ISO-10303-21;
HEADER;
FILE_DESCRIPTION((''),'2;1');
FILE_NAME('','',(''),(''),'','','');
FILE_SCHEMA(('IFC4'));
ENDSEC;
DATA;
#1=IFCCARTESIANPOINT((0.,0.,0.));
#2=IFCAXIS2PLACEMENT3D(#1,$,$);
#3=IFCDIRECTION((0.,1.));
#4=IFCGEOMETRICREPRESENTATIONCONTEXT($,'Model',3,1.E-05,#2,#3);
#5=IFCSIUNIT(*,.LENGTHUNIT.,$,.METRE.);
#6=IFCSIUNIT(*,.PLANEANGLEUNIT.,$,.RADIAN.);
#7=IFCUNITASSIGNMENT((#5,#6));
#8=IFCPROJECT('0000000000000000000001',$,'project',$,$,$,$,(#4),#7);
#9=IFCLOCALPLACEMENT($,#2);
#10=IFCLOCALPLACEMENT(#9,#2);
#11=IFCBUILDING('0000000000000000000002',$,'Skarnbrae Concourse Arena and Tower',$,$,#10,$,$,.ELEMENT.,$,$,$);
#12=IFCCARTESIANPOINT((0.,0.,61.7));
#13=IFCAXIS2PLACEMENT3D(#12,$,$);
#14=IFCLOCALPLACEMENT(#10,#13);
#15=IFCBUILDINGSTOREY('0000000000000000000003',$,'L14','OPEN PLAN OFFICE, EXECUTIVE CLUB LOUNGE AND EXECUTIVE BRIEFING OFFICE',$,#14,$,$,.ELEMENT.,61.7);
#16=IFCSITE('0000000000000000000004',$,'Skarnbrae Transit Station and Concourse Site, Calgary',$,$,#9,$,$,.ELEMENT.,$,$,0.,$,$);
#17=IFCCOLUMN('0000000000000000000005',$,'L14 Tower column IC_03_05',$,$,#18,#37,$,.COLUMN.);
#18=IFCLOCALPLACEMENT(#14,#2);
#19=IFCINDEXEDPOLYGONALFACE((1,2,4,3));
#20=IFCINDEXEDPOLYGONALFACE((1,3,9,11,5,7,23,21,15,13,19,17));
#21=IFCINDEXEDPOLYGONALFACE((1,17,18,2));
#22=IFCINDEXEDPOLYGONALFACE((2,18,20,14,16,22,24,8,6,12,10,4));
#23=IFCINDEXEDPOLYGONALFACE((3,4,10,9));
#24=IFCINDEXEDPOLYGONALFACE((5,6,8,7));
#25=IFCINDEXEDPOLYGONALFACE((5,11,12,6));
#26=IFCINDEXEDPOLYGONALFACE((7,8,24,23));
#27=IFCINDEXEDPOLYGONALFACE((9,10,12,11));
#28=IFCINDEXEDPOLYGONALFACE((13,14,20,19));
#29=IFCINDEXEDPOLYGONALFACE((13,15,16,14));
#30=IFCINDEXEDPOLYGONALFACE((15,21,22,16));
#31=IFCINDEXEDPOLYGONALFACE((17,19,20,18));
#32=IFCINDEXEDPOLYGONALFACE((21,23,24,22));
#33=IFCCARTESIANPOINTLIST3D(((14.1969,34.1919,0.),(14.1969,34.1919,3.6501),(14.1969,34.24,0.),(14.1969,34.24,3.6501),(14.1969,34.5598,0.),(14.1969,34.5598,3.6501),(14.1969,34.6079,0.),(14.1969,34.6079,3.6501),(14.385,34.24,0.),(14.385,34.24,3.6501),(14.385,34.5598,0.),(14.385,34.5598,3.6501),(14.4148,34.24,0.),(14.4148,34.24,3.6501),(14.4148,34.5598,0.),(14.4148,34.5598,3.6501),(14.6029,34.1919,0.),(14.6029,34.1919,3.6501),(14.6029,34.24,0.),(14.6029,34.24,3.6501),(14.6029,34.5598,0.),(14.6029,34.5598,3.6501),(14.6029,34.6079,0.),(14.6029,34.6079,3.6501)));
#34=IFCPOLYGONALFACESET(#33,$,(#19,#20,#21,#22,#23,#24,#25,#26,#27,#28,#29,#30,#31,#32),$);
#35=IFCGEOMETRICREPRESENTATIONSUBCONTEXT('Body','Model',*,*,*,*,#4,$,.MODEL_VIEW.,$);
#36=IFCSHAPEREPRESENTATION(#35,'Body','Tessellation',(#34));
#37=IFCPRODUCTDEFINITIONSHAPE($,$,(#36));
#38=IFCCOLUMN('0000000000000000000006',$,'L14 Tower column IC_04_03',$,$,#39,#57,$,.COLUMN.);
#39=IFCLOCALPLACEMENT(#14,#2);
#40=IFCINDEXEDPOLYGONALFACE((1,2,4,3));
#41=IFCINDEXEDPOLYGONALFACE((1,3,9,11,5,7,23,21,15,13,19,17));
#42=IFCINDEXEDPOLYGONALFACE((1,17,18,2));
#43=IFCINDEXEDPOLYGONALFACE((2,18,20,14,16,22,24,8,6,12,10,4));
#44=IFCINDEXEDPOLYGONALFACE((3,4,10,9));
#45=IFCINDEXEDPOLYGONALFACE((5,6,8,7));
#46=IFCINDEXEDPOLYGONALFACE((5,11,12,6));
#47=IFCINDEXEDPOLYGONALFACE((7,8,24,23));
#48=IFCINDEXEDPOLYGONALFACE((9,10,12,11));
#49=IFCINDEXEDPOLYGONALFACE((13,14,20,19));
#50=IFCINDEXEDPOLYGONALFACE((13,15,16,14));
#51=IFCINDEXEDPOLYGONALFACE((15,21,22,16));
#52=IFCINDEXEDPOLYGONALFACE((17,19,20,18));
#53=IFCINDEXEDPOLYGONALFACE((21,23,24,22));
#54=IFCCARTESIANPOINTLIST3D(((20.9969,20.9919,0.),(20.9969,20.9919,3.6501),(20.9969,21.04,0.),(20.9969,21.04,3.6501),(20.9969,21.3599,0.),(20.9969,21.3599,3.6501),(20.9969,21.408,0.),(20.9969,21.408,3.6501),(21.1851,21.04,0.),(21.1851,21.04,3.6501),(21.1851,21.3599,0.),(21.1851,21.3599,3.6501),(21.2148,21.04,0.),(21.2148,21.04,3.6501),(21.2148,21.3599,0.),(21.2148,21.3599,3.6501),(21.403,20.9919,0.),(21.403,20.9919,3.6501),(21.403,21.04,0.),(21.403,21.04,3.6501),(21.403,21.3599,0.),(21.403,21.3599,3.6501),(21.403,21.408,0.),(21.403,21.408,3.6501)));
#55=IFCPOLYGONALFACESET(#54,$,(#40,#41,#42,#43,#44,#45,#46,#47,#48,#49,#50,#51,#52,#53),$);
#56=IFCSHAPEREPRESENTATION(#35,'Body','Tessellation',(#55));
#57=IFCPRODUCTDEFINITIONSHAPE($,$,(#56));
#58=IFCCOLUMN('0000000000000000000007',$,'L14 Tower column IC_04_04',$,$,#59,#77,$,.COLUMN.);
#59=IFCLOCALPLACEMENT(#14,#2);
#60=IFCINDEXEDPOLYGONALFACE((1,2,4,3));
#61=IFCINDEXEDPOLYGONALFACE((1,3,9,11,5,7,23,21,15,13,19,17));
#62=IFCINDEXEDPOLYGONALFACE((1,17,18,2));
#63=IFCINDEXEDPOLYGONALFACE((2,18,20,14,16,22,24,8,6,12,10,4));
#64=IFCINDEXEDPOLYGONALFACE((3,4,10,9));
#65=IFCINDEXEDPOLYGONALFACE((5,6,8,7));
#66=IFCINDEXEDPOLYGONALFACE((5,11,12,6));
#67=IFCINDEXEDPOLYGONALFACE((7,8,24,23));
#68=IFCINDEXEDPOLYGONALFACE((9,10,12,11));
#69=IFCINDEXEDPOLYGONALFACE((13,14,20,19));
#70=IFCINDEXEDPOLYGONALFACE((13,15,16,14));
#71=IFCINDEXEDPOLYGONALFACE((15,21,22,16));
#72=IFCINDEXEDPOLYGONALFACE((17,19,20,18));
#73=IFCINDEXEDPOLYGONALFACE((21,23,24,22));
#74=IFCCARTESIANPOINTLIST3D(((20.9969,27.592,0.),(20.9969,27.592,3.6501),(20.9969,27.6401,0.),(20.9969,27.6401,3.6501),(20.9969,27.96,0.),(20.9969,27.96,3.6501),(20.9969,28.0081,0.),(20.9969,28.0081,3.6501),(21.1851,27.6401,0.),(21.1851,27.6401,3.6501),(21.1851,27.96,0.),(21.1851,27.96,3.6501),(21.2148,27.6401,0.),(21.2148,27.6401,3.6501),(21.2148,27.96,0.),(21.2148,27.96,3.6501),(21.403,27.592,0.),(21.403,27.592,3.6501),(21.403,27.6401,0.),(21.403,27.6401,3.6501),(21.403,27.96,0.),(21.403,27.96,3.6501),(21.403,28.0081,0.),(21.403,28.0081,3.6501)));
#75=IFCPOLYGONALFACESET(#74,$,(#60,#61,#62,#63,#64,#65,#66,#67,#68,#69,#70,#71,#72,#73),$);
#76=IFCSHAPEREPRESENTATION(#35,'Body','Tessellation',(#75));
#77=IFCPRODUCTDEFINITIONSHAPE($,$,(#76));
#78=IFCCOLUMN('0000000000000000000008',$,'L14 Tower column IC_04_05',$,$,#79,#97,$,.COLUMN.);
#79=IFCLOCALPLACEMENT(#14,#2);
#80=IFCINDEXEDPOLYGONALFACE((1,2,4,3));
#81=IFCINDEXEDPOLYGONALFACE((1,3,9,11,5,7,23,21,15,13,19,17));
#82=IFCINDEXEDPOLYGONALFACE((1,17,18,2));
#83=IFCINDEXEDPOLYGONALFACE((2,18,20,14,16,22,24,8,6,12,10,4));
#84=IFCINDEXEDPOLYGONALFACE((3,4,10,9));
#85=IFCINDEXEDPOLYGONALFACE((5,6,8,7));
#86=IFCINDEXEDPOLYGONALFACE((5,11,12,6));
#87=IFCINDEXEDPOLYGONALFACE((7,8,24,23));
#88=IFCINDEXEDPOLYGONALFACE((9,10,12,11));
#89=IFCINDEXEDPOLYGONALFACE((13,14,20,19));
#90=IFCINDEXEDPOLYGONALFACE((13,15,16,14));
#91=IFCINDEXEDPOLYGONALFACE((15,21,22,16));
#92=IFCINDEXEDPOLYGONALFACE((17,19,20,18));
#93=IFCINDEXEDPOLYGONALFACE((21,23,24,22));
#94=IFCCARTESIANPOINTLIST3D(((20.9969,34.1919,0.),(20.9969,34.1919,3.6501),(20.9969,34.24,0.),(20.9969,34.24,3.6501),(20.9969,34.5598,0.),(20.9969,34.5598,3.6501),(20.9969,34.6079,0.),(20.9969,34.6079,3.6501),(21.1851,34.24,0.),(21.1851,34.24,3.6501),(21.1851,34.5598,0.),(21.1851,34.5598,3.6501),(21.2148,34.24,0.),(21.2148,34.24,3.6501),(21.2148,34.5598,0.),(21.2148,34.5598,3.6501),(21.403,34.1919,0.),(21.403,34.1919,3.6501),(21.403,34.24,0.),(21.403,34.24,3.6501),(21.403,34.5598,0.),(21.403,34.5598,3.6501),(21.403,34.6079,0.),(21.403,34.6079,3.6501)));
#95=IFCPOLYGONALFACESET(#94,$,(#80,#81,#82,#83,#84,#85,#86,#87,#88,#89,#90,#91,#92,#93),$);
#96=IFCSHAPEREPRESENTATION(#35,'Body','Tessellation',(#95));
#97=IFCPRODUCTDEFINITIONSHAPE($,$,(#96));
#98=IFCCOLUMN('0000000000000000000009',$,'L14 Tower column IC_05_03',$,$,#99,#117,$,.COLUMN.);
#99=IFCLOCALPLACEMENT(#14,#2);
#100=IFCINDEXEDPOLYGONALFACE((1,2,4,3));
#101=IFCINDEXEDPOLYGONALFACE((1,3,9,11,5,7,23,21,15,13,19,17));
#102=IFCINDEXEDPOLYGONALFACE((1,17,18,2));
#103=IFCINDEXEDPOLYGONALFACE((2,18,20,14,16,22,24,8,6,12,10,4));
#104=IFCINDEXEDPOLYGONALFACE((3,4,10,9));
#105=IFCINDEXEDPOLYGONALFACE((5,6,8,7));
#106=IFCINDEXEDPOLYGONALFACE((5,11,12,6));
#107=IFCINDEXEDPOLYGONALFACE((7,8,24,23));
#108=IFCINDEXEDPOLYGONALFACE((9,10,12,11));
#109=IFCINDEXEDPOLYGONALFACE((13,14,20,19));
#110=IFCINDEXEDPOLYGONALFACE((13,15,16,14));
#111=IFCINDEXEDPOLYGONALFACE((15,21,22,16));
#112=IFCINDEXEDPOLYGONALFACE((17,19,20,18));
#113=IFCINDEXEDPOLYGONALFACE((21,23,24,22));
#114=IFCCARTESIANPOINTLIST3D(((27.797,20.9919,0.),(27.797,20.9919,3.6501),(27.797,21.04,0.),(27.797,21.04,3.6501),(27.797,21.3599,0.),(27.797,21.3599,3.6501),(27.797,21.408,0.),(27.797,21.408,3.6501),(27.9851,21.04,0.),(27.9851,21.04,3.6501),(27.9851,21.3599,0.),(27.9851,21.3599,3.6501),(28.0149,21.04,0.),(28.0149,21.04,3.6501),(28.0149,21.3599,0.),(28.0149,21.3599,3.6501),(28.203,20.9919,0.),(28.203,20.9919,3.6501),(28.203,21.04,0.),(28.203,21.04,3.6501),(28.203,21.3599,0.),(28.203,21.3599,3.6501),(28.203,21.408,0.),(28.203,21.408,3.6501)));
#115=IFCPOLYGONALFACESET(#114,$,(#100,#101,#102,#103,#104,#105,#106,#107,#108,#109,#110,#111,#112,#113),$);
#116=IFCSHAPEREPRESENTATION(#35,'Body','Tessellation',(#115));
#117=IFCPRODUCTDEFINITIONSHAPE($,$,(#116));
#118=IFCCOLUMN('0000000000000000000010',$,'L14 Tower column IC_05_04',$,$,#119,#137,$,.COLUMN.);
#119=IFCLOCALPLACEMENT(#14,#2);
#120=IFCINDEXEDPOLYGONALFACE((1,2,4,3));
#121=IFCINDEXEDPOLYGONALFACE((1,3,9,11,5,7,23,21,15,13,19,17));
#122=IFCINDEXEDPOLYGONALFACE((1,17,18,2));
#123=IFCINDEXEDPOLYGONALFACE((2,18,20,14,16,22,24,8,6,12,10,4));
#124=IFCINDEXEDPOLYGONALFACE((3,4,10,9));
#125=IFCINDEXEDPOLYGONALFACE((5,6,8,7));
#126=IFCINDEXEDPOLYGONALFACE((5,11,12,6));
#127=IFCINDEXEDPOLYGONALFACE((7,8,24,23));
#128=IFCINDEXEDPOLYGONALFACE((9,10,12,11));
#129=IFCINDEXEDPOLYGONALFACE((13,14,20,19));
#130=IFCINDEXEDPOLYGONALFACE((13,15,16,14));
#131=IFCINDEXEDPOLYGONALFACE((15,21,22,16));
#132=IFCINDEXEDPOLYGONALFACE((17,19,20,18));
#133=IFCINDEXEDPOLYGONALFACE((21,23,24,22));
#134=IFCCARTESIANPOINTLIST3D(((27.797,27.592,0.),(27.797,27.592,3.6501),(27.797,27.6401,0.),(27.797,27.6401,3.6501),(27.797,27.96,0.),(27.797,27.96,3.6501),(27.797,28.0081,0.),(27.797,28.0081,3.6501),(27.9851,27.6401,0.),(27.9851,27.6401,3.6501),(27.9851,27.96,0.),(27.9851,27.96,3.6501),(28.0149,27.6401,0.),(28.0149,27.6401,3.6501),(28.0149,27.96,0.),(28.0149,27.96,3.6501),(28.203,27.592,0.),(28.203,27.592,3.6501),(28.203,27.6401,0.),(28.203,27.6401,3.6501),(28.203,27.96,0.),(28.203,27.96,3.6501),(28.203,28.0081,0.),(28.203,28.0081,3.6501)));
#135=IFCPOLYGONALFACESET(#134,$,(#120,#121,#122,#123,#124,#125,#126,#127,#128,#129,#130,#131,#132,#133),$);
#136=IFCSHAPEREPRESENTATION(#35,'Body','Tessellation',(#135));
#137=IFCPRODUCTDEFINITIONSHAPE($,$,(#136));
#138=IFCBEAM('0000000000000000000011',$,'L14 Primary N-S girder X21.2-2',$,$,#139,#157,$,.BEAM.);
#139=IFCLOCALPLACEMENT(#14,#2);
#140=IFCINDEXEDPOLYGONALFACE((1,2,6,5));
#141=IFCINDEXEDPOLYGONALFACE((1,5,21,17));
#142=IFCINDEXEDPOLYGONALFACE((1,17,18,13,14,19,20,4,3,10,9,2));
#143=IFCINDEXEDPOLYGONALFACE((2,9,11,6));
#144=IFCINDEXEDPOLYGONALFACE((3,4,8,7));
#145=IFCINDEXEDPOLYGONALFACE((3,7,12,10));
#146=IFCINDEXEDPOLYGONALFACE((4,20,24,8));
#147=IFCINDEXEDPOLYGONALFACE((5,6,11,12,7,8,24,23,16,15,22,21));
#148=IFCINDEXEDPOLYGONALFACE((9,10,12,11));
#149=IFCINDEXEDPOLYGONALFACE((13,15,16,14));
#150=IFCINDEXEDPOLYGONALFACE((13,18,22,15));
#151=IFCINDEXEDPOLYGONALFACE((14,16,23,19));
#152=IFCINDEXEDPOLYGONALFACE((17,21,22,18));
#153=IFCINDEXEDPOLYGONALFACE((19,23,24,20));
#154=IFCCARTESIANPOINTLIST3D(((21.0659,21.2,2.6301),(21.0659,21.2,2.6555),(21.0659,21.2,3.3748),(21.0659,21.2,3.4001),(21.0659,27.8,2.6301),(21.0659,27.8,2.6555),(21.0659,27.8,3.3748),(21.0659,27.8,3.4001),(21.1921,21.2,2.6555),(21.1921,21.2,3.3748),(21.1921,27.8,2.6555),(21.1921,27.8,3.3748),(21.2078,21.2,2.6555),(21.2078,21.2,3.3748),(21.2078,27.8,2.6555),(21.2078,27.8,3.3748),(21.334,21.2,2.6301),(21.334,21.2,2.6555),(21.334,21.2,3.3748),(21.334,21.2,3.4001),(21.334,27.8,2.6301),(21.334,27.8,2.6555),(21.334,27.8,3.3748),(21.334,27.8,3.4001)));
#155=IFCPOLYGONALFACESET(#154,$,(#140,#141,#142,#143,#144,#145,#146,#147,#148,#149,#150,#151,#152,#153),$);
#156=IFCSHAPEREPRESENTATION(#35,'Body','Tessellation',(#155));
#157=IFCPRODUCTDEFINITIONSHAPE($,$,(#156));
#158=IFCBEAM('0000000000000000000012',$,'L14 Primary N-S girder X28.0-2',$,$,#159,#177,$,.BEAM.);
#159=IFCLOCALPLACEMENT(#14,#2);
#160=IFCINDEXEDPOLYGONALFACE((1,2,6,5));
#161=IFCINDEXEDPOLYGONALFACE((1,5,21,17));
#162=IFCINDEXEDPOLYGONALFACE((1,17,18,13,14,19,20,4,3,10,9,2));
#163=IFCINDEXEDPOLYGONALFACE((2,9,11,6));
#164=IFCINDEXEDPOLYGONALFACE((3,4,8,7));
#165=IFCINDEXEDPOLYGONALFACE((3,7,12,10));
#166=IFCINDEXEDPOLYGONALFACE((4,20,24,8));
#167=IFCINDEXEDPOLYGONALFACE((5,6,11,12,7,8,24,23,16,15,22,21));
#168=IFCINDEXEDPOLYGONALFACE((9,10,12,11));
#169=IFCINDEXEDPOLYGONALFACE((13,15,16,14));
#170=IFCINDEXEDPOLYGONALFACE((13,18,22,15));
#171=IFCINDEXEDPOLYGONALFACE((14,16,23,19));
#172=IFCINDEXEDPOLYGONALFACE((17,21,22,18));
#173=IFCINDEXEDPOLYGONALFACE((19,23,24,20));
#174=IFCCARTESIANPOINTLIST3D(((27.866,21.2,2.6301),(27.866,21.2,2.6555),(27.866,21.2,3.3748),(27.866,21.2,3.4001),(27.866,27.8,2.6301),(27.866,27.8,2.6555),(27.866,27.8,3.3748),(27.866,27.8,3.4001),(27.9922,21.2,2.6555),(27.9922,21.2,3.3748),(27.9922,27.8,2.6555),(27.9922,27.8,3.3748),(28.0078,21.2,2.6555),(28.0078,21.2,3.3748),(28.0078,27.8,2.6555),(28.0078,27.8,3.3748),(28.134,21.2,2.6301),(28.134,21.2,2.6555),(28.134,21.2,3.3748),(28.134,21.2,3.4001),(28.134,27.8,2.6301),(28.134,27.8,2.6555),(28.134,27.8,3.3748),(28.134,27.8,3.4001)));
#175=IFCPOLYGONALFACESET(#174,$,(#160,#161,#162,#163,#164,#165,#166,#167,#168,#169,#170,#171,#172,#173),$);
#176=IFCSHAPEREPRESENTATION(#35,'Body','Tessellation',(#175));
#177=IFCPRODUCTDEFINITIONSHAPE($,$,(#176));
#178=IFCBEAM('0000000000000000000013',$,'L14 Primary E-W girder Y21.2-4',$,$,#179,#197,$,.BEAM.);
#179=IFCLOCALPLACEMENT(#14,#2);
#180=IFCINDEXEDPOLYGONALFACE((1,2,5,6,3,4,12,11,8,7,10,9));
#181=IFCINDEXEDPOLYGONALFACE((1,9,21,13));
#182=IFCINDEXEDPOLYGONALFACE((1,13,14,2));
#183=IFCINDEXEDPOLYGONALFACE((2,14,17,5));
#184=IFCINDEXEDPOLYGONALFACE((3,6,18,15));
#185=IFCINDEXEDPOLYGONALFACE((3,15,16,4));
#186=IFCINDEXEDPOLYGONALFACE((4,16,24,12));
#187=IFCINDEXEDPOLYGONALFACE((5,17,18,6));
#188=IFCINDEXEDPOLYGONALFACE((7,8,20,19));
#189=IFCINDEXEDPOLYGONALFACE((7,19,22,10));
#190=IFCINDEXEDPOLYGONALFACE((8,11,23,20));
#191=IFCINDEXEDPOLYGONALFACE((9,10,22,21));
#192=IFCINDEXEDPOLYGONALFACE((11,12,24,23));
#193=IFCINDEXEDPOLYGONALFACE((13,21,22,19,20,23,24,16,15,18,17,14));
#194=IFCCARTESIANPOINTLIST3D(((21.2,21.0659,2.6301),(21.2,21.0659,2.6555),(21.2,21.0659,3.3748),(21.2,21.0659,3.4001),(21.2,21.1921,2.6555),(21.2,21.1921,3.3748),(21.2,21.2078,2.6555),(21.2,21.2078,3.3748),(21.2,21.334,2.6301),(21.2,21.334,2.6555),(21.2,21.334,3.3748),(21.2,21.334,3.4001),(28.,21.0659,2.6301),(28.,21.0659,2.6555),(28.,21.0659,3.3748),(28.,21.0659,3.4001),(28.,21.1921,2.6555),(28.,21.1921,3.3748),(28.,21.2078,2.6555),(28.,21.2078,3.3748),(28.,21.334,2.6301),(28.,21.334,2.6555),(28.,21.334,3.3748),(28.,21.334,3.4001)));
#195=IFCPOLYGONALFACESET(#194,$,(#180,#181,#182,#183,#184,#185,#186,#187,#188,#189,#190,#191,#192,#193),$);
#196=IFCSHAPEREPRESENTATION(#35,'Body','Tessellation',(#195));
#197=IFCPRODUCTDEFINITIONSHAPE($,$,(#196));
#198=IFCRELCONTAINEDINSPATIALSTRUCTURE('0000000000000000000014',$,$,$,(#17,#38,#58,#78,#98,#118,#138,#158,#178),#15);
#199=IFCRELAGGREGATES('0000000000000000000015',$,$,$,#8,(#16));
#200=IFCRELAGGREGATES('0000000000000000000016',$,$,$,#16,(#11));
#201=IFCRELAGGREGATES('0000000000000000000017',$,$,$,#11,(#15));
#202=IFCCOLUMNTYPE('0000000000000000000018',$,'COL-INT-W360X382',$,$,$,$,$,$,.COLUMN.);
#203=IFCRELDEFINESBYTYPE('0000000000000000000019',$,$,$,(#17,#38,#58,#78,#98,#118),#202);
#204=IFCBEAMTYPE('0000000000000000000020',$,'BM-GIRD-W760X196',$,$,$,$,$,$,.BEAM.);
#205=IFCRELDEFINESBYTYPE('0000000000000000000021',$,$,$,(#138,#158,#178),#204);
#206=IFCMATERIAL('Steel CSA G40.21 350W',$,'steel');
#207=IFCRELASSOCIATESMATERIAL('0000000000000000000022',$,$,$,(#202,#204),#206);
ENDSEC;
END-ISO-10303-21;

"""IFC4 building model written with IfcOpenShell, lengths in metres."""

from ifc_helpers import new_model, si_unit, direction, frame, origin, origin_2d, place, context, subcontext, project, spatial, i_section, extrude, source, transform, mapped, material, material_profile, profile_set, type_object, element, save


model = new_model("IFC4")

# Units and contexts
model_context = context("Model", 3, precision=1e-05, world=origin(), true_north=direction((0.0, 1.0)))
body_context = subcontext(model_context, "Body", "Model", "MODEL_VIEW")
ifc_project = project(units=[si_unit("LENGTHUNIT", "METRE"), si_unit("PLANEANGLEUNIT", "RADIAN")], contexts=[model_context])

# Site, building, storey
site_placement = place(None, origin())
site = spatial("IfcSite", under=ifc_project, at=site_placement, Name="Skarnbrae Transit Station and Concourse Site, Calgary", CompositionType="ELEMENT", RefElevation=0.0)
building_placement = place(site_placement, origin())
building = spatial("IfcBuilding", under=site, at=building_placement, Name="Skarnbrae Concourse Arena and Tower", CompositionType="ELEMENT")
storey_placement = place(building_placement, frame((0.0, 0.0, 61.7)))
storey = spatial("IfcBuildingStorey", under=building, at=storey_placement, Name="L14", Description="OPEN PLAN OFFICE, EXECUTIVE CLUB LOUNGE AND EXECUTIVE BRIEFING OFFICE", CompositionType="ELEMENT", Elevation=61.7)

# Columns
ifc_material = material(Name="Steel CSA G40.21 350W", Category="steel")
ifc_material_profile_1 = material_profile(ifc_material, i_section(OverallWidth=0.406, OverallDepth=0.416, WebThickness=0.0298, FlangeThickness=0.0481, at=origin_2d()), Name="W360X382")
ifc_profile_set_1 = profile_set([ifc_material_profile_1], Name="Steel CSA G40.21 350W")
column_type = type_object("IfcColumnType", Name="COL-INT-W360X382", PredefinedType="COLUMN", material=ifc_profile_set_1)
shared_shape_1 = source(origin(), body_context, "Body", "SweptSolid", [
    extrude(i_section(OverallWidth=0.406, OverallDepth=0.416, WebThickness=0.0298, FlangeThickness=0.0481, at=origin_2d()), origin(), (0.0, 0.0, 1.0), 3.6501),
])
for number, where, z_axis, x_axis, name in (
    (1, (14.3999, 34.3999, 0.0), (0.0, 0.0, 1.0), (1.0, 0.0, 0.0), "L14 Tower column IC_03_05"),
    (2, (21.2, 21.2, 0.0), (0.0, 0.0, 1.0), (1.0, 0.0, 0.0), "L14 Tower column IC_04_03"),
    (3, (21.2, 27.8, 0.0), (0.0, 0.0, 1.0), (1.0, 0.0, 0.0), "L14 Tower column IC_04_04"),
    (4, (21.2, 34.3999, 0.0), (0.0, 0.0, 1.0), (1.0, 0.0, 0.0), "L14 Tower column IC_04_05"),
    (5, (28.0, 21.2, 0.0), (0.0, 0.0, 1.0), (1.0, 0.0, 0.0), "L14 Tower column IC_05_03"),
    (6, (28.0, 27.8, 0.0), (0.0, 0.0, 1.0), (1.0, 0.0, 0.0), "L14 Tower column IC_05_04"),
):
    element("IfcColumn", number, at=place(storey_placement, frame(where, z_axis=z_axis, x_axis=x_axis)), inside=storey, type_object=column_type, Name=name, PredefinedType="COLUMN", context=body_context, shape_type="MappedRepresentation", body=[
        mapped(shared_shape_1, transform((0.0, 0.0, 0.0))),
    ])

# Beams
ifc_material_profile_2 = material_profile(ifc_material, i_section(OverallWidth=0.2681, OverallDepth=0.77, WebThickness=0.0156, FlangeThickness=0.0254, at=origin_2d()), Name="W760X196")
ifc_profile_set_2 = profile_set([ifc_material_profile_2], Name="Steel CSA G40.21 350W")
beam_type_1 = type_object("IfcBeamType", Name="BM-GIRD-W760X196", PredefinedType="BEAM", material=ifc_profile_set_2)
shared_shape_2 = source(origin(), body_context, "Body", "SweptSolid", [
    extrude(i_section(OverallWidth=0.2681, OverallDepth=0.77, WebThickness=0.0156, FlangeThickness=0.0254, at=origin_2d()), origin(), (0.0, 0.0, 1.0), 6.6001),
])
for number, where, z_axis, x_axis, name in (
    (7, (21.2, 21.2, 3.0151), (0.0, 1.0, 0.0), (-1.0, 0.0, 0.0), "L14 Primary N-S girder X21.2-2"),
    (8, (28.0, 21.2, 3.0151), (0.0, 1.0, 0.0), (-1.0, 0.0, 0.0), "L14 Primary N-S girder X28.0-2"),
):
    element("IfcBeam", number, at=place(storey_placement, frame(where, z_axis=z_axis, x_axis=x_axis)), inside=storey, type_object=beam_type_1, Name=name, PredefinedType="BEAM", context=body_context, shape_type="MappedRepresentation", body=[
        mapped(shared_shape_2, transform((0.0, 0.0, 0.0))),
    ])
shared_shape_3 = source(origin(), body_context, "Body", "SweptSolid", [
    extrude(i_section(OverallWidth=0.2681, OverallDepth=0.77, WebThickness=0.0156, FlangeThickness=0.0254, at=origin_2d()), origin(), (0.0, 0.0, 1.0), 6.8),
])
for number, where, z_axis, x_axis, name in (
    (9, (21.2, 21.2, 3.0151), (1.0, 0.0, 0.0), (0.0, 1.0, 0.0), "L14 Primary E-W girder Y21.2-4"),
):
    element("IfcBeam", number, at=place(storey_placement, frame(where, z_axis=z_axis, x_axis=x_axis)), inside=storey, type_object=beam_type_1, Name=name, PredefinedType="BEAM", context=body_context, shape_type="MappedRepresentation", body=[
        mapped(shared_shape_3, transform((0.0, 0.0, 0.0))),
    ])

save(model, "model.ifc")
